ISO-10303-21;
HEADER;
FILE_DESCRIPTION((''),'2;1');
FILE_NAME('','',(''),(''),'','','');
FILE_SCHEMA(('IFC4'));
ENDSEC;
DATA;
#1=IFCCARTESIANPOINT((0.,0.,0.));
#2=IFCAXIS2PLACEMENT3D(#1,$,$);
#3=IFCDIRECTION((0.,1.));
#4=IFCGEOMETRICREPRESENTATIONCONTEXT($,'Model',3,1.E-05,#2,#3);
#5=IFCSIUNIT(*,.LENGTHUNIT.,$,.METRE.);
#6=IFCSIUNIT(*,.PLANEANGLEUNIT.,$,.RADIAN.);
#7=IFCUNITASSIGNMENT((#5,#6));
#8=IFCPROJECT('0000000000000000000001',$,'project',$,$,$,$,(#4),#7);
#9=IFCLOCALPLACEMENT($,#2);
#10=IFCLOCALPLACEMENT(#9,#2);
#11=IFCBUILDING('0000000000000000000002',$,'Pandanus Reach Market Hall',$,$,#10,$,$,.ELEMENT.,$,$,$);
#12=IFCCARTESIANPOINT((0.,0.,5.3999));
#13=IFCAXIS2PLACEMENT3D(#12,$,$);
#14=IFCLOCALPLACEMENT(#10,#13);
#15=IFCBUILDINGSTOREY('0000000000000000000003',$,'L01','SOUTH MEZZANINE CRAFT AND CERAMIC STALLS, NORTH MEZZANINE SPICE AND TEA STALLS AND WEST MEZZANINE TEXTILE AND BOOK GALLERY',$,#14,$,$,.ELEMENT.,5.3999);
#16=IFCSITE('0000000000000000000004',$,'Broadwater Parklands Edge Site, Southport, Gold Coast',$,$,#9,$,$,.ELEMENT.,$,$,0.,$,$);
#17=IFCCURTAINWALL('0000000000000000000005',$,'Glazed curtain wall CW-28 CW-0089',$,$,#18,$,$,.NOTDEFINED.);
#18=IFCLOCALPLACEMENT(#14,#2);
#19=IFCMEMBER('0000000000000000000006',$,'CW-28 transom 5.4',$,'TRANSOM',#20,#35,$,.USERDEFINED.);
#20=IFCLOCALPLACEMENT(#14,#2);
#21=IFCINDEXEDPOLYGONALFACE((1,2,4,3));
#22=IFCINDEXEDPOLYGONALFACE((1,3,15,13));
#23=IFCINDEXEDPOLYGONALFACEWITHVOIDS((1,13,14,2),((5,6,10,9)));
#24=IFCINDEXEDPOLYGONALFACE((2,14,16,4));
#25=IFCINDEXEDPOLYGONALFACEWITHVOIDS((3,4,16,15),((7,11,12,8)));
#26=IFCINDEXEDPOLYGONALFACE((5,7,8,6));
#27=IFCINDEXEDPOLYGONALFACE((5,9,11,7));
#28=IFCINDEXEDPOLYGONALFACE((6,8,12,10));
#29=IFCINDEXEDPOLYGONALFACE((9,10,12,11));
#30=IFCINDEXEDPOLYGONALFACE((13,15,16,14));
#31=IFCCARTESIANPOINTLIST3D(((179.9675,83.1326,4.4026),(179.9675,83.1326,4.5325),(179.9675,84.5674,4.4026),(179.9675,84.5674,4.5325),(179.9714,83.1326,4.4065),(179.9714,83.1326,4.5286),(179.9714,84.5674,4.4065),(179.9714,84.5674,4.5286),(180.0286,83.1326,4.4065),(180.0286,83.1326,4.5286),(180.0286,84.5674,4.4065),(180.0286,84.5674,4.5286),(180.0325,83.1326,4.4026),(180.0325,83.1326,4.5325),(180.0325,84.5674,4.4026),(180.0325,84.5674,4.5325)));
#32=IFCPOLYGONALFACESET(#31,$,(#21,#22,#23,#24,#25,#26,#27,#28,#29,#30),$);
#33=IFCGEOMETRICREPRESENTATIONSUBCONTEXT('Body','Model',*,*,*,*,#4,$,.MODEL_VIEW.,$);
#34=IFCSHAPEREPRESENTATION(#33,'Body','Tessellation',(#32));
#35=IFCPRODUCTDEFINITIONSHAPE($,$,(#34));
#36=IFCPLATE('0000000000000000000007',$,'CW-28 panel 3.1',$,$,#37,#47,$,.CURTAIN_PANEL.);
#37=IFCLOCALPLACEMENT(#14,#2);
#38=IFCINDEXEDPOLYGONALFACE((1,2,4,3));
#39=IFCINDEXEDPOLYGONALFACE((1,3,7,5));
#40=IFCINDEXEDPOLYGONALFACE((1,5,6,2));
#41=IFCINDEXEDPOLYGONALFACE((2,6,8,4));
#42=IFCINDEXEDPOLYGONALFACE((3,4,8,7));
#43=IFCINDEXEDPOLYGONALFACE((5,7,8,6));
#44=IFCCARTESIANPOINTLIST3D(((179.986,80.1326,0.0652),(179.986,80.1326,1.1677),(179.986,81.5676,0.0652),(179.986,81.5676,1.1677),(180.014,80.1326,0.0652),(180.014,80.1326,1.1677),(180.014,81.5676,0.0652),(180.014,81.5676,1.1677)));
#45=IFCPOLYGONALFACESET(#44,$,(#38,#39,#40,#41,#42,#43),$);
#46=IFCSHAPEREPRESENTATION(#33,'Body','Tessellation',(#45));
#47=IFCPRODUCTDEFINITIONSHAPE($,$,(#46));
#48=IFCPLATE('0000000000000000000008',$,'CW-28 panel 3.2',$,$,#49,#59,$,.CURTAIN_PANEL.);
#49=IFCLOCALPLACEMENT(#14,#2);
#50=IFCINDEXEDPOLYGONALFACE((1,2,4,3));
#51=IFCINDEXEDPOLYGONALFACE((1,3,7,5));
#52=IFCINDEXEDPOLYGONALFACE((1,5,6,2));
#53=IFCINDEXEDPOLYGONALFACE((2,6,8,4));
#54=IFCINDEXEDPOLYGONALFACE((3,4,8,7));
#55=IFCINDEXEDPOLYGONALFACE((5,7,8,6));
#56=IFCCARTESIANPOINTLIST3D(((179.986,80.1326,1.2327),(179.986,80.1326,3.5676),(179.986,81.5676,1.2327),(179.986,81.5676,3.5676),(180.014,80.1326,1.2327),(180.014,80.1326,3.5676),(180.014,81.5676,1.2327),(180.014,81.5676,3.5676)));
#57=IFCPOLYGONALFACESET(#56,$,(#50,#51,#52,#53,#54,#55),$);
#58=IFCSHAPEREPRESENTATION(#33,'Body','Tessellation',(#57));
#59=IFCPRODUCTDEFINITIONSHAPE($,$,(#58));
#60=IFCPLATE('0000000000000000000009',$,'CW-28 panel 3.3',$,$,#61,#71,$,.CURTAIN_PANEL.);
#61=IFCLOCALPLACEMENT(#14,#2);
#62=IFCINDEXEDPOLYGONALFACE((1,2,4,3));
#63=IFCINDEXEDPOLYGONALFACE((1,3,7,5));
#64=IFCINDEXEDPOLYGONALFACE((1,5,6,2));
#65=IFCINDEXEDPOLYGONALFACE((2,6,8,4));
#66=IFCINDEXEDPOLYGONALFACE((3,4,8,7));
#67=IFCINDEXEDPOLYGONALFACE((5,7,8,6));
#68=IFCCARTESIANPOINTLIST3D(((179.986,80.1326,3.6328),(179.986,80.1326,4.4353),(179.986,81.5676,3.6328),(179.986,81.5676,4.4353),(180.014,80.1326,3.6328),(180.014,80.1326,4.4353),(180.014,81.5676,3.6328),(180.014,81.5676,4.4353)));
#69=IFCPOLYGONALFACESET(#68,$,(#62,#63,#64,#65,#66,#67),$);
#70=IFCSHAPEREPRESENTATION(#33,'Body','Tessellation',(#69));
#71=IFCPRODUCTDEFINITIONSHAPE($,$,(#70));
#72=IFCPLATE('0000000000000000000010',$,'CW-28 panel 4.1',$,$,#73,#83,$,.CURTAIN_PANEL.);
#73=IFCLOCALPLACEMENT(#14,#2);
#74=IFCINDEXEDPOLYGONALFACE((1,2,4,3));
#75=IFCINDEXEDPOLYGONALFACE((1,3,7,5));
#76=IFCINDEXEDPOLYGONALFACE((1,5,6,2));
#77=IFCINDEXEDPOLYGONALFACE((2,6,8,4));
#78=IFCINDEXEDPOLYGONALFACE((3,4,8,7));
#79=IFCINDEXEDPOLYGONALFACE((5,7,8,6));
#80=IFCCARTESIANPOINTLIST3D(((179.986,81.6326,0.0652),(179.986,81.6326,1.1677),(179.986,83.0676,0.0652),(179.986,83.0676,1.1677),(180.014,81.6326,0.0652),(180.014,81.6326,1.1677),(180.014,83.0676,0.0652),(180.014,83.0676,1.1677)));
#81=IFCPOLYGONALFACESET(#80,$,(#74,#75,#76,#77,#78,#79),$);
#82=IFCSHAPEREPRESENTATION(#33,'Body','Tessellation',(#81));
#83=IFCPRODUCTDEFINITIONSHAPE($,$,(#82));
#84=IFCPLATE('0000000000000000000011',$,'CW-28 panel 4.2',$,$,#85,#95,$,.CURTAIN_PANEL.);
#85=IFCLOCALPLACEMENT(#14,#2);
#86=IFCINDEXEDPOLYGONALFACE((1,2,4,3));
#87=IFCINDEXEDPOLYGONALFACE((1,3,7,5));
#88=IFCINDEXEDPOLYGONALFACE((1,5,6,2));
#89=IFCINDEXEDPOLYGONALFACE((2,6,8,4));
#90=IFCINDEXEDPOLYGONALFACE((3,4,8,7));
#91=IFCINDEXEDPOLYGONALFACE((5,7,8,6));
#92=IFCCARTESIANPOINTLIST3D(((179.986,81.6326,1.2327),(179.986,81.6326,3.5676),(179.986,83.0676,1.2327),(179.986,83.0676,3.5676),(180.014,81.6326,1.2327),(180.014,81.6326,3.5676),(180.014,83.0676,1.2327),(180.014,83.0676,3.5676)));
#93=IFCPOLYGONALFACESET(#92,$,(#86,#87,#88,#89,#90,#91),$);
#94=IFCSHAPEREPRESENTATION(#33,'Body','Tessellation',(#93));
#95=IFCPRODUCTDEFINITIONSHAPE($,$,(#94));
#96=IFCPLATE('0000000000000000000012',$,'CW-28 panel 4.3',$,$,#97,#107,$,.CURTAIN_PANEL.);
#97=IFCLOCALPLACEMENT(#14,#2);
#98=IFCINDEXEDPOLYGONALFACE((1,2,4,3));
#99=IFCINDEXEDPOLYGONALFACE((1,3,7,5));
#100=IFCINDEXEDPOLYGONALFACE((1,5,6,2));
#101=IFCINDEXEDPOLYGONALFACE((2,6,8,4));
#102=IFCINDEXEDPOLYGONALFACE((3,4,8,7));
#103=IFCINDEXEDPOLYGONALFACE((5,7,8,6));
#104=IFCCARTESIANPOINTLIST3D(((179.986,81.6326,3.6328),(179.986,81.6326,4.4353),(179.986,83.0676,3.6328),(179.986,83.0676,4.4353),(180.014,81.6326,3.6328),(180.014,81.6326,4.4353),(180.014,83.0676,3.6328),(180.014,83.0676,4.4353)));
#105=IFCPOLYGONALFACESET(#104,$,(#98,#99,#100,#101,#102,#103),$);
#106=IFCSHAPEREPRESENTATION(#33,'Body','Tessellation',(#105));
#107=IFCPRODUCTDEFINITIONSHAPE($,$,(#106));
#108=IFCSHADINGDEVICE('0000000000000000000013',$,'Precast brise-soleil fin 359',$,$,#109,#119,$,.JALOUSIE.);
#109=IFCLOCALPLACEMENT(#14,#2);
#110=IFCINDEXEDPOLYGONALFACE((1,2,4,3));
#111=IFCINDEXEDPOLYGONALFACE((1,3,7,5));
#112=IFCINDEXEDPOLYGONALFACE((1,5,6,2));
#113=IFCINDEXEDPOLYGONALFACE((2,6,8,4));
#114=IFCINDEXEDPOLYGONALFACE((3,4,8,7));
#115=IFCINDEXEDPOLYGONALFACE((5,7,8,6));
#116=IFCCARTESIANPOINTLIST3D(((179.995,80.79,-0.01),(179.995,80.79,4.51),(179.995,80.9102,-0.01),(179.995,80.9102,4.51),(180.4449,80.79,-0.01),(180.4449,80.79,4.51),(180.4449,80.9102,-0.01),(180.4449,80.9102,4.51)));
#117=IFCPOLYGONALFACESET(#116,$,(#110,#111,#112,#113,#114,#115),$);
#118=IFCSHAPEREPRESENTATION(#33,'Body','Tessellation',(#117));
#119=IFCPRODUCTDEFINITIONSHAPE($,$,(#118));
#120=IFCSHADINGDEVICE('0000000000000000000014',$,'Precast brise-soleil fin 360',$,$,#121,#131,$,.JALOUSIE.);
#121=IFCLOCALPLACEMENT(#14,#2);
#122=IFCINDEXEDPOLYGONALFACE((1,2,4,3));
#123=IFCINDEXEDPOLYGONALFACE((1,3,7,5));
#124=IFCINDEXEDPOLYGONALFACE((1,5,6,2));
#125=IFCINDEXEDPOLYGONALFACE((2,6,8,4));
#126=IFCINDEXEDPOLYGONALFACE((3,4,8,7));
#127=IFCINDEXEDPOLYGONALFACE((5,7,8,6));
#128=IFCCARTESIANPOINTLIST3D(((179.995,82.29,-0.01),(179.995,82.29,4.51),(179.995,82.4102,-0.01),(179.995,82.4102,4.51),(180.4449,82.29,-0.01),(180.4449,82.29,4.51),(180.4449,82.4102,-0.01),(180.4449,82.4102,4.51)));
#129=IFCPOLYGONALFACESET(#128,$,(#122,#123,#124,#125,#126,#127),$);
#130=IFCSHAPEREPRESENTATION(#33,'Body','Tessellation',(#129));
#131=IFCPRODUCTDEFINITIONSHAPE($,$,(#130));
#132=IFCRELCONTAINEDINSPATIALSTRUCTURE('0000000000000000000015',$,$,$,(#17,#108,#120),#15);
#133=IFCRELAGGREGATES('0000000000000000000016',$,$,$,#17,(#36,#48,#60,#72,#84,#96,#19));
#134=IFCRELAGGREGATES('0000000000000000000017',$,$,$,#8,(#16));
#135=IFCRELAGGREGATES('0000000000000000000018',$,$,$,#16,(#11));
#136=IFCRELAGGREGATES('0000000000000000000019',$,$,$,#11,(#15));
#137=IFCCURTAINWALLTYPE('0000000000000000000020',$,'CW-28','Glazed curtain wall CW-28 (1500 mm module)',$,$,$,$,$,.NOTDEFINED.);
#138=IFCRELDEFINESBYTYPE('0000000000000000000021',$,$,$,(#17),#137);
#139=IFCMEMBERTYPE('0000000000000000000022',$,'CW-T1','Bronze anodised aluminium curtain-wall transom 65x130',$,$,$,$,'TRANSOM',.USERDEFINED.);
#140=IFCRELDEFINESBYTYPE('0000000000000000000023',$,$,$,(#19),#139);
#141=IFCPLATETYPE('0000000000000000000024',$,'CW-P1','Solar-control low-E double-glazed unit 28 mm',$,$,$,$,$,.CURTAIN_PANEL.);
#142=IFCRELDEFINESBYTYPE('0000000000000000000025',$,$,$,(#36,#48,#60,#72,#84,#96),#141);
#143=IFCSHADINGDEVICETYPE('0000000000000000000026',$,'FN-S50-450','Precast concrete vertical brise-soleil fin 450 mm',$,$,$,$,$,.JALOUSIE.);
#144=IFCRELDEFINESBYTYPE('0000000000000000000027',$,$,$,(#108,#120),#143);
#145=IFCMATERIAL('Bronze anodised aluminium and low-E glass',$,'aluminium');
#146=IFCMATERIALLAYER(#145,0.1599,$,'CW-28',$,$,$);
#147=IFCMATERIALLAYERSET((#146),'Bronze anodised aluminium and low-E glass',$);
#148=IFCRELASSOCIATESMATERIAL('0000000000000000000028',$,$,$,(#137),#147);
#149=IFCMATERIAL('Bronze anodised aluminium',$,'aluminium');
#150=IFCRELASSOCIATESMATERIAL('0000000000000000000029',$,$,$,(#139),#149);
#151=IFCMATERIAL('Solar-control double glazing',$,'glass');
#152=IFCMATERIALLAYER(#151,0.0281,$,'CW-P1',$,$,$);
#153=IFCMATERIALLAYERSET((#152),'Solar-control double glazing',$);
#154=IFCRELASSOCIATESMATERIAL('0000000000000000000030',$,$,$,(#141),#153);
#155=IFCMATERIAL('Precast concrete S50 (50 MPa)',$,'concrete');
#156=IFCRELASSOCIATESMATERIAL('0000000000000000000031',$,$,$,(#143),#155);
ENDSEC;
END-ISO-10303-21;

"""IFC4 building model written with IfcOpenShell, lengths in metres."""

from ifc_helpers import new_model, si_unit, direction, frame, origin, origin_2d, place, context, subcontext, project, spatial, rectangle, hollow_rectangle, extrude, material, layer, layer_set, material_profile, profile_set, type_object, element, aggregate, save


model = new_model("IFC4")

# Units and contexts
model_context = context("Model", 3, precision=1e-05, world=origin(), true_north=direction((0.0, 1.0)))
body_context = subcontext(model_context, "Body", "Model", "MODEL_VIEW")
ifc_project = project(units=[si_unit("LENGTHUNIT", "METRE"), si_unit("PLANEANGLEUNIT", "RADIAN")], contexts=[model_context])

# Site, building, storey
site_placement = place(None, origin())
site = spatial("IfcSite", under=ifc_project, at=site_placement, Name="Broadwater Parklands Edge Site, Southport, Gold Coast", CompositionType="ELEMENT", RefElevation=0.0)
building_placement = place(site_placement, origin())
building = spatial("IfcBuilding", under=site, at=building_placement, Name="Pandanus Reach Market Hall", CompositionType="ELEMENT")
storey_placement = place(building_placement, frame((0.0, 0.0, 5.3999)))
storey = spatial("IfcBuildingStorey", under=building, at=storey_placement, Name="L01", Description="SOUTH MEZZANINE CRAFT AND CERAMIC STALLS, NORTH MEZZANINE SPICE AND TEA STALLS AND WEST MEZZANINE TEXTILE AND BOOK GALLERY", CompositionType="ELEMENT", Elevation=5.3999)

# Curtain wall, member, plates
ifc_material_1 = material(Name="Bronze anodised aluminium and low-E glass", Category="aluminium")
ifc_layer_1 = layer(ifc_material_1, 0.1599, Name="CW-28")
ifc_layer_set_1 = layer_set([ifc_layer_1], Name="Bronze anodised aluminium and low-E glass")
curtain_wall_type = type_object("IfcCurtainWallType", Name="CW-28", Description="Glazed curtain wall CW-28 (1500 mm module)", PredefinedType="NOTDEFINED", material=ifc_layer_set_1)
curtain_wall_placement = place(storey_placement, origin())
curtain_wall = element("IfcCurtainWall", 1, at=curtain_wall_placement, inside=storey, type_object=curtain_wall_type, Name="Glazed curtain wall CW-28 CW-0089", PredefinedType="NOTDEFINED")
ifc_material_2 = material(Name="Bronze anodised aluminium", Category="aluminium")
ifc_material_profile_1 = material_profile(ifc_material_2, hollow_rectangle(XDim=0.0649, YDim=0.1299, WallThickness=0.0039, at=origin_2d()), Name="ALU65x130", Category="LoadBearing")
ifc_profile_set_1 = profile_set([ifc_material_profile_1], Name="Bronze anodised aluminium")
member_type_1 = type_object("IfcMemberType", Name="CW-T1", Description="Bronze anodised aluminium curtain-wall transom 65x130", ElementType="TRANSOM", PredefinedType="USERDEFINED", material=ifc_profile_set_1)
member_1_placement = place(storey_placement, frame((180.0, 83.1326, 4.4675), z_axis=(0.0, 1.0, 0.0), x_axis=(-1.0, 0.0, 0.0)))
member_1 = element("IfcMember", 2, at=member_1_placement, type_object=member_type_1, Name="CW-28 transom 5.4", ObjectType="TRANSOM", PredefinedType="USERDEFINED", context=body_context, shape_type="SweptSolid", body=[
    extrude(hollow_rectangle(XDim=0.0649, YDim=0.1299, WallThickness=0.0039, at=origin_2d()), origin(), (0.0, 0.0, 1.0), 1.4348),
])
ifc_material_3 = material(Name="Solar-control double glazing", Category="glass")
ifc_layer_2 = layer(ifc_material_3, 0.0281, Name="CW-P1")
ifc_layer_set_2 = layer_set([ifc_layer_2], Name="Solar-control double glazing")
plate_type = type_object("IfcPlateType", Name="CW-P1", Description="Solar-control low-E double-glazed unit 28 mm", PredefinedType="CURTAIN_PANEL", material=ifc_layer_set_2)
plate_1_placement = place(storey_placement, frame((180.0, 80.8501, 0.0652), z_axis=(0.0, 0.0, 1.0), x_axis=(0.0, 1.0, 0.0)))
plate_1 = element("IfcPlate", 3, at=plate_1_placement, type_object=plate_type, Name="CW-28 panel 3.1", PredefinedType="CURTAIN_PANEL", context=body_context, shape_type="SweptSolid", body=[
    extrude(rectangle(XDim=1.4351, YDim=0.0281, at=origin_2d()), origin(), (0.0, 0.0, 1.0), 1.1025),
])
plate_2_placement = place(storey_placement, frame((180.0, 80.8501, 1.2327), z_axis=(0.0, 0.0, 1.0), x_axis=(0.0, 1.0, 0.0)))
plate_2 = element("IfcPlate", 4, at=plate_2_placement, type_object=plate_type, Name="CW-28 panel 3.2", PredefinedType="CURTAIN_PANEL", context=body_context, shape_type="SweptSolid", body=[
    extrude(rectangle(XDim=1.4351, YDim=0.0281, at=origin_2d()), origin(), (0.0, 0.0, 1.0), 2.335),
])
plate_3_placement = place(storey_placement, frame((180.0, 80.8501, 3.6328), z_axis=(0.0, 0.0, 1.0), x_axis=(0.0, 1.0, 0.0)))
plate_3 = element("IfcPlate", 5, at=plate_3_placement, type_object=plate_type, Name="CW-28 panel 3.3", PredefinedType="CURTAIN_PANEL", context=body_context, shape_type="SweptSolid", body=[
    extrude(rectangle(XDim=1.4351, YDim=0.0281, at=origin_2d()), origin(), (0.0, 0.0, 1.0), 0.8025),
])
plate_4_placement = place(storey_placement, frame((180.0, 82.3501, 0.0652), z_axis=(0.0, 0.0, 1.0), x_axis=(0.0, 1.0, 0.0)))
plate_4 = element("IfcPlate", 6, at=plate_4_placement, type_object=plate_type, Name="CW-28 panel 4.1", PredefinedType="CURTAIN_PANEL", context=body_context, shape_type="SweptSolid", body=[
    extrude(rectangle(XDim=1.4351, YDim=0.0281, at=origin_2d()), origin(), (0.0, 0.0, 1.0), 1.1025),
])
plate_5_placement = place(storey_placement, frame((180.0, 82.3501, 1.2327), z_axis=(0.0, 0.0, 1.0), x_axis=(0.0, 1.0, 0.0)))
plate_5 = element("IfcPlate", 7, at=plate_5_placement, type_object=plate_type, Name="CW-28 panel 4.2", PredefinedType="CURTAIN_PANEL", context=body_context, shape_type="SweptSolid", body=[
    extrude(rectangle(XDim=1.4351, YDim=0.0281, at=origin_2d()), origin(), (0.0, 0.0, 1.0), 2.335),
])
plate_6_placement = place(storey_placement, frame((180.0, 82.3501, 3.6328), z_axis=(0.0, 0.0, 1.0), x_axis=(0.0, 1.0, 0.0)))
plate_6 = element("IfcPlate", 8, at=plate_6_placement, type_object=plate_type, Name="CW-28 panel 4.3", PredefinedType="CURTAIN_PANEL", context=body_context, shape_type="SweptSolid", body=[
    extrude(rectangle(XDim=1.4351, YDim=0.0281, at=origin_2d()), origin(), (0.0, 0.0, 1.0), 0.8025),
])
aggregate(curtain_wall, [plate_1, plate_2, plate_3, plate_4, plate_5, plate_6, member_1])

# Shading devices
ifc_material_4 = material(Name="Precast concrete S50 (50 MPa)", Category="concrete")
shading_device_type = type_object("IfcShadingDeviceType", Name="FN-S50-450", Description="Precast concrete vertical brise-soleil fin 450 mm", PredefinedType="JALOUSIE", material=ifc_material_4)
for number, where, z_axis, x_axis, name in (
    (9, (180.22, 80.8501, -0.01), (0.0, 0.0, 1.0), (1.0, 0.0, 0.0), "Precast brise-soleil fin 359"),
    (10, (180.22, 82.3501, -0.01), (0.0, 0.0, 1.0), (1.0, 0.0, 0.0), "Precast brise-soleil fin 360"),
):
    element("IfcShadingDevice", number, at=place(storey_placement, frame(where, z_axis=z_axis, x_axis=x_axis)), inside=storey, type_object=shading_device_type, Name=name, PredefinedType="JALOUSIE", context=body_context, shape_type="SweptSolid", body=[
        extrude(rectangle(XDim=0.45, YDim=0.1201, at=origin_2d()), origin(), (0.0, 0.0, 1.0), 4.52),
    ])

save(model, "model.ifc")
